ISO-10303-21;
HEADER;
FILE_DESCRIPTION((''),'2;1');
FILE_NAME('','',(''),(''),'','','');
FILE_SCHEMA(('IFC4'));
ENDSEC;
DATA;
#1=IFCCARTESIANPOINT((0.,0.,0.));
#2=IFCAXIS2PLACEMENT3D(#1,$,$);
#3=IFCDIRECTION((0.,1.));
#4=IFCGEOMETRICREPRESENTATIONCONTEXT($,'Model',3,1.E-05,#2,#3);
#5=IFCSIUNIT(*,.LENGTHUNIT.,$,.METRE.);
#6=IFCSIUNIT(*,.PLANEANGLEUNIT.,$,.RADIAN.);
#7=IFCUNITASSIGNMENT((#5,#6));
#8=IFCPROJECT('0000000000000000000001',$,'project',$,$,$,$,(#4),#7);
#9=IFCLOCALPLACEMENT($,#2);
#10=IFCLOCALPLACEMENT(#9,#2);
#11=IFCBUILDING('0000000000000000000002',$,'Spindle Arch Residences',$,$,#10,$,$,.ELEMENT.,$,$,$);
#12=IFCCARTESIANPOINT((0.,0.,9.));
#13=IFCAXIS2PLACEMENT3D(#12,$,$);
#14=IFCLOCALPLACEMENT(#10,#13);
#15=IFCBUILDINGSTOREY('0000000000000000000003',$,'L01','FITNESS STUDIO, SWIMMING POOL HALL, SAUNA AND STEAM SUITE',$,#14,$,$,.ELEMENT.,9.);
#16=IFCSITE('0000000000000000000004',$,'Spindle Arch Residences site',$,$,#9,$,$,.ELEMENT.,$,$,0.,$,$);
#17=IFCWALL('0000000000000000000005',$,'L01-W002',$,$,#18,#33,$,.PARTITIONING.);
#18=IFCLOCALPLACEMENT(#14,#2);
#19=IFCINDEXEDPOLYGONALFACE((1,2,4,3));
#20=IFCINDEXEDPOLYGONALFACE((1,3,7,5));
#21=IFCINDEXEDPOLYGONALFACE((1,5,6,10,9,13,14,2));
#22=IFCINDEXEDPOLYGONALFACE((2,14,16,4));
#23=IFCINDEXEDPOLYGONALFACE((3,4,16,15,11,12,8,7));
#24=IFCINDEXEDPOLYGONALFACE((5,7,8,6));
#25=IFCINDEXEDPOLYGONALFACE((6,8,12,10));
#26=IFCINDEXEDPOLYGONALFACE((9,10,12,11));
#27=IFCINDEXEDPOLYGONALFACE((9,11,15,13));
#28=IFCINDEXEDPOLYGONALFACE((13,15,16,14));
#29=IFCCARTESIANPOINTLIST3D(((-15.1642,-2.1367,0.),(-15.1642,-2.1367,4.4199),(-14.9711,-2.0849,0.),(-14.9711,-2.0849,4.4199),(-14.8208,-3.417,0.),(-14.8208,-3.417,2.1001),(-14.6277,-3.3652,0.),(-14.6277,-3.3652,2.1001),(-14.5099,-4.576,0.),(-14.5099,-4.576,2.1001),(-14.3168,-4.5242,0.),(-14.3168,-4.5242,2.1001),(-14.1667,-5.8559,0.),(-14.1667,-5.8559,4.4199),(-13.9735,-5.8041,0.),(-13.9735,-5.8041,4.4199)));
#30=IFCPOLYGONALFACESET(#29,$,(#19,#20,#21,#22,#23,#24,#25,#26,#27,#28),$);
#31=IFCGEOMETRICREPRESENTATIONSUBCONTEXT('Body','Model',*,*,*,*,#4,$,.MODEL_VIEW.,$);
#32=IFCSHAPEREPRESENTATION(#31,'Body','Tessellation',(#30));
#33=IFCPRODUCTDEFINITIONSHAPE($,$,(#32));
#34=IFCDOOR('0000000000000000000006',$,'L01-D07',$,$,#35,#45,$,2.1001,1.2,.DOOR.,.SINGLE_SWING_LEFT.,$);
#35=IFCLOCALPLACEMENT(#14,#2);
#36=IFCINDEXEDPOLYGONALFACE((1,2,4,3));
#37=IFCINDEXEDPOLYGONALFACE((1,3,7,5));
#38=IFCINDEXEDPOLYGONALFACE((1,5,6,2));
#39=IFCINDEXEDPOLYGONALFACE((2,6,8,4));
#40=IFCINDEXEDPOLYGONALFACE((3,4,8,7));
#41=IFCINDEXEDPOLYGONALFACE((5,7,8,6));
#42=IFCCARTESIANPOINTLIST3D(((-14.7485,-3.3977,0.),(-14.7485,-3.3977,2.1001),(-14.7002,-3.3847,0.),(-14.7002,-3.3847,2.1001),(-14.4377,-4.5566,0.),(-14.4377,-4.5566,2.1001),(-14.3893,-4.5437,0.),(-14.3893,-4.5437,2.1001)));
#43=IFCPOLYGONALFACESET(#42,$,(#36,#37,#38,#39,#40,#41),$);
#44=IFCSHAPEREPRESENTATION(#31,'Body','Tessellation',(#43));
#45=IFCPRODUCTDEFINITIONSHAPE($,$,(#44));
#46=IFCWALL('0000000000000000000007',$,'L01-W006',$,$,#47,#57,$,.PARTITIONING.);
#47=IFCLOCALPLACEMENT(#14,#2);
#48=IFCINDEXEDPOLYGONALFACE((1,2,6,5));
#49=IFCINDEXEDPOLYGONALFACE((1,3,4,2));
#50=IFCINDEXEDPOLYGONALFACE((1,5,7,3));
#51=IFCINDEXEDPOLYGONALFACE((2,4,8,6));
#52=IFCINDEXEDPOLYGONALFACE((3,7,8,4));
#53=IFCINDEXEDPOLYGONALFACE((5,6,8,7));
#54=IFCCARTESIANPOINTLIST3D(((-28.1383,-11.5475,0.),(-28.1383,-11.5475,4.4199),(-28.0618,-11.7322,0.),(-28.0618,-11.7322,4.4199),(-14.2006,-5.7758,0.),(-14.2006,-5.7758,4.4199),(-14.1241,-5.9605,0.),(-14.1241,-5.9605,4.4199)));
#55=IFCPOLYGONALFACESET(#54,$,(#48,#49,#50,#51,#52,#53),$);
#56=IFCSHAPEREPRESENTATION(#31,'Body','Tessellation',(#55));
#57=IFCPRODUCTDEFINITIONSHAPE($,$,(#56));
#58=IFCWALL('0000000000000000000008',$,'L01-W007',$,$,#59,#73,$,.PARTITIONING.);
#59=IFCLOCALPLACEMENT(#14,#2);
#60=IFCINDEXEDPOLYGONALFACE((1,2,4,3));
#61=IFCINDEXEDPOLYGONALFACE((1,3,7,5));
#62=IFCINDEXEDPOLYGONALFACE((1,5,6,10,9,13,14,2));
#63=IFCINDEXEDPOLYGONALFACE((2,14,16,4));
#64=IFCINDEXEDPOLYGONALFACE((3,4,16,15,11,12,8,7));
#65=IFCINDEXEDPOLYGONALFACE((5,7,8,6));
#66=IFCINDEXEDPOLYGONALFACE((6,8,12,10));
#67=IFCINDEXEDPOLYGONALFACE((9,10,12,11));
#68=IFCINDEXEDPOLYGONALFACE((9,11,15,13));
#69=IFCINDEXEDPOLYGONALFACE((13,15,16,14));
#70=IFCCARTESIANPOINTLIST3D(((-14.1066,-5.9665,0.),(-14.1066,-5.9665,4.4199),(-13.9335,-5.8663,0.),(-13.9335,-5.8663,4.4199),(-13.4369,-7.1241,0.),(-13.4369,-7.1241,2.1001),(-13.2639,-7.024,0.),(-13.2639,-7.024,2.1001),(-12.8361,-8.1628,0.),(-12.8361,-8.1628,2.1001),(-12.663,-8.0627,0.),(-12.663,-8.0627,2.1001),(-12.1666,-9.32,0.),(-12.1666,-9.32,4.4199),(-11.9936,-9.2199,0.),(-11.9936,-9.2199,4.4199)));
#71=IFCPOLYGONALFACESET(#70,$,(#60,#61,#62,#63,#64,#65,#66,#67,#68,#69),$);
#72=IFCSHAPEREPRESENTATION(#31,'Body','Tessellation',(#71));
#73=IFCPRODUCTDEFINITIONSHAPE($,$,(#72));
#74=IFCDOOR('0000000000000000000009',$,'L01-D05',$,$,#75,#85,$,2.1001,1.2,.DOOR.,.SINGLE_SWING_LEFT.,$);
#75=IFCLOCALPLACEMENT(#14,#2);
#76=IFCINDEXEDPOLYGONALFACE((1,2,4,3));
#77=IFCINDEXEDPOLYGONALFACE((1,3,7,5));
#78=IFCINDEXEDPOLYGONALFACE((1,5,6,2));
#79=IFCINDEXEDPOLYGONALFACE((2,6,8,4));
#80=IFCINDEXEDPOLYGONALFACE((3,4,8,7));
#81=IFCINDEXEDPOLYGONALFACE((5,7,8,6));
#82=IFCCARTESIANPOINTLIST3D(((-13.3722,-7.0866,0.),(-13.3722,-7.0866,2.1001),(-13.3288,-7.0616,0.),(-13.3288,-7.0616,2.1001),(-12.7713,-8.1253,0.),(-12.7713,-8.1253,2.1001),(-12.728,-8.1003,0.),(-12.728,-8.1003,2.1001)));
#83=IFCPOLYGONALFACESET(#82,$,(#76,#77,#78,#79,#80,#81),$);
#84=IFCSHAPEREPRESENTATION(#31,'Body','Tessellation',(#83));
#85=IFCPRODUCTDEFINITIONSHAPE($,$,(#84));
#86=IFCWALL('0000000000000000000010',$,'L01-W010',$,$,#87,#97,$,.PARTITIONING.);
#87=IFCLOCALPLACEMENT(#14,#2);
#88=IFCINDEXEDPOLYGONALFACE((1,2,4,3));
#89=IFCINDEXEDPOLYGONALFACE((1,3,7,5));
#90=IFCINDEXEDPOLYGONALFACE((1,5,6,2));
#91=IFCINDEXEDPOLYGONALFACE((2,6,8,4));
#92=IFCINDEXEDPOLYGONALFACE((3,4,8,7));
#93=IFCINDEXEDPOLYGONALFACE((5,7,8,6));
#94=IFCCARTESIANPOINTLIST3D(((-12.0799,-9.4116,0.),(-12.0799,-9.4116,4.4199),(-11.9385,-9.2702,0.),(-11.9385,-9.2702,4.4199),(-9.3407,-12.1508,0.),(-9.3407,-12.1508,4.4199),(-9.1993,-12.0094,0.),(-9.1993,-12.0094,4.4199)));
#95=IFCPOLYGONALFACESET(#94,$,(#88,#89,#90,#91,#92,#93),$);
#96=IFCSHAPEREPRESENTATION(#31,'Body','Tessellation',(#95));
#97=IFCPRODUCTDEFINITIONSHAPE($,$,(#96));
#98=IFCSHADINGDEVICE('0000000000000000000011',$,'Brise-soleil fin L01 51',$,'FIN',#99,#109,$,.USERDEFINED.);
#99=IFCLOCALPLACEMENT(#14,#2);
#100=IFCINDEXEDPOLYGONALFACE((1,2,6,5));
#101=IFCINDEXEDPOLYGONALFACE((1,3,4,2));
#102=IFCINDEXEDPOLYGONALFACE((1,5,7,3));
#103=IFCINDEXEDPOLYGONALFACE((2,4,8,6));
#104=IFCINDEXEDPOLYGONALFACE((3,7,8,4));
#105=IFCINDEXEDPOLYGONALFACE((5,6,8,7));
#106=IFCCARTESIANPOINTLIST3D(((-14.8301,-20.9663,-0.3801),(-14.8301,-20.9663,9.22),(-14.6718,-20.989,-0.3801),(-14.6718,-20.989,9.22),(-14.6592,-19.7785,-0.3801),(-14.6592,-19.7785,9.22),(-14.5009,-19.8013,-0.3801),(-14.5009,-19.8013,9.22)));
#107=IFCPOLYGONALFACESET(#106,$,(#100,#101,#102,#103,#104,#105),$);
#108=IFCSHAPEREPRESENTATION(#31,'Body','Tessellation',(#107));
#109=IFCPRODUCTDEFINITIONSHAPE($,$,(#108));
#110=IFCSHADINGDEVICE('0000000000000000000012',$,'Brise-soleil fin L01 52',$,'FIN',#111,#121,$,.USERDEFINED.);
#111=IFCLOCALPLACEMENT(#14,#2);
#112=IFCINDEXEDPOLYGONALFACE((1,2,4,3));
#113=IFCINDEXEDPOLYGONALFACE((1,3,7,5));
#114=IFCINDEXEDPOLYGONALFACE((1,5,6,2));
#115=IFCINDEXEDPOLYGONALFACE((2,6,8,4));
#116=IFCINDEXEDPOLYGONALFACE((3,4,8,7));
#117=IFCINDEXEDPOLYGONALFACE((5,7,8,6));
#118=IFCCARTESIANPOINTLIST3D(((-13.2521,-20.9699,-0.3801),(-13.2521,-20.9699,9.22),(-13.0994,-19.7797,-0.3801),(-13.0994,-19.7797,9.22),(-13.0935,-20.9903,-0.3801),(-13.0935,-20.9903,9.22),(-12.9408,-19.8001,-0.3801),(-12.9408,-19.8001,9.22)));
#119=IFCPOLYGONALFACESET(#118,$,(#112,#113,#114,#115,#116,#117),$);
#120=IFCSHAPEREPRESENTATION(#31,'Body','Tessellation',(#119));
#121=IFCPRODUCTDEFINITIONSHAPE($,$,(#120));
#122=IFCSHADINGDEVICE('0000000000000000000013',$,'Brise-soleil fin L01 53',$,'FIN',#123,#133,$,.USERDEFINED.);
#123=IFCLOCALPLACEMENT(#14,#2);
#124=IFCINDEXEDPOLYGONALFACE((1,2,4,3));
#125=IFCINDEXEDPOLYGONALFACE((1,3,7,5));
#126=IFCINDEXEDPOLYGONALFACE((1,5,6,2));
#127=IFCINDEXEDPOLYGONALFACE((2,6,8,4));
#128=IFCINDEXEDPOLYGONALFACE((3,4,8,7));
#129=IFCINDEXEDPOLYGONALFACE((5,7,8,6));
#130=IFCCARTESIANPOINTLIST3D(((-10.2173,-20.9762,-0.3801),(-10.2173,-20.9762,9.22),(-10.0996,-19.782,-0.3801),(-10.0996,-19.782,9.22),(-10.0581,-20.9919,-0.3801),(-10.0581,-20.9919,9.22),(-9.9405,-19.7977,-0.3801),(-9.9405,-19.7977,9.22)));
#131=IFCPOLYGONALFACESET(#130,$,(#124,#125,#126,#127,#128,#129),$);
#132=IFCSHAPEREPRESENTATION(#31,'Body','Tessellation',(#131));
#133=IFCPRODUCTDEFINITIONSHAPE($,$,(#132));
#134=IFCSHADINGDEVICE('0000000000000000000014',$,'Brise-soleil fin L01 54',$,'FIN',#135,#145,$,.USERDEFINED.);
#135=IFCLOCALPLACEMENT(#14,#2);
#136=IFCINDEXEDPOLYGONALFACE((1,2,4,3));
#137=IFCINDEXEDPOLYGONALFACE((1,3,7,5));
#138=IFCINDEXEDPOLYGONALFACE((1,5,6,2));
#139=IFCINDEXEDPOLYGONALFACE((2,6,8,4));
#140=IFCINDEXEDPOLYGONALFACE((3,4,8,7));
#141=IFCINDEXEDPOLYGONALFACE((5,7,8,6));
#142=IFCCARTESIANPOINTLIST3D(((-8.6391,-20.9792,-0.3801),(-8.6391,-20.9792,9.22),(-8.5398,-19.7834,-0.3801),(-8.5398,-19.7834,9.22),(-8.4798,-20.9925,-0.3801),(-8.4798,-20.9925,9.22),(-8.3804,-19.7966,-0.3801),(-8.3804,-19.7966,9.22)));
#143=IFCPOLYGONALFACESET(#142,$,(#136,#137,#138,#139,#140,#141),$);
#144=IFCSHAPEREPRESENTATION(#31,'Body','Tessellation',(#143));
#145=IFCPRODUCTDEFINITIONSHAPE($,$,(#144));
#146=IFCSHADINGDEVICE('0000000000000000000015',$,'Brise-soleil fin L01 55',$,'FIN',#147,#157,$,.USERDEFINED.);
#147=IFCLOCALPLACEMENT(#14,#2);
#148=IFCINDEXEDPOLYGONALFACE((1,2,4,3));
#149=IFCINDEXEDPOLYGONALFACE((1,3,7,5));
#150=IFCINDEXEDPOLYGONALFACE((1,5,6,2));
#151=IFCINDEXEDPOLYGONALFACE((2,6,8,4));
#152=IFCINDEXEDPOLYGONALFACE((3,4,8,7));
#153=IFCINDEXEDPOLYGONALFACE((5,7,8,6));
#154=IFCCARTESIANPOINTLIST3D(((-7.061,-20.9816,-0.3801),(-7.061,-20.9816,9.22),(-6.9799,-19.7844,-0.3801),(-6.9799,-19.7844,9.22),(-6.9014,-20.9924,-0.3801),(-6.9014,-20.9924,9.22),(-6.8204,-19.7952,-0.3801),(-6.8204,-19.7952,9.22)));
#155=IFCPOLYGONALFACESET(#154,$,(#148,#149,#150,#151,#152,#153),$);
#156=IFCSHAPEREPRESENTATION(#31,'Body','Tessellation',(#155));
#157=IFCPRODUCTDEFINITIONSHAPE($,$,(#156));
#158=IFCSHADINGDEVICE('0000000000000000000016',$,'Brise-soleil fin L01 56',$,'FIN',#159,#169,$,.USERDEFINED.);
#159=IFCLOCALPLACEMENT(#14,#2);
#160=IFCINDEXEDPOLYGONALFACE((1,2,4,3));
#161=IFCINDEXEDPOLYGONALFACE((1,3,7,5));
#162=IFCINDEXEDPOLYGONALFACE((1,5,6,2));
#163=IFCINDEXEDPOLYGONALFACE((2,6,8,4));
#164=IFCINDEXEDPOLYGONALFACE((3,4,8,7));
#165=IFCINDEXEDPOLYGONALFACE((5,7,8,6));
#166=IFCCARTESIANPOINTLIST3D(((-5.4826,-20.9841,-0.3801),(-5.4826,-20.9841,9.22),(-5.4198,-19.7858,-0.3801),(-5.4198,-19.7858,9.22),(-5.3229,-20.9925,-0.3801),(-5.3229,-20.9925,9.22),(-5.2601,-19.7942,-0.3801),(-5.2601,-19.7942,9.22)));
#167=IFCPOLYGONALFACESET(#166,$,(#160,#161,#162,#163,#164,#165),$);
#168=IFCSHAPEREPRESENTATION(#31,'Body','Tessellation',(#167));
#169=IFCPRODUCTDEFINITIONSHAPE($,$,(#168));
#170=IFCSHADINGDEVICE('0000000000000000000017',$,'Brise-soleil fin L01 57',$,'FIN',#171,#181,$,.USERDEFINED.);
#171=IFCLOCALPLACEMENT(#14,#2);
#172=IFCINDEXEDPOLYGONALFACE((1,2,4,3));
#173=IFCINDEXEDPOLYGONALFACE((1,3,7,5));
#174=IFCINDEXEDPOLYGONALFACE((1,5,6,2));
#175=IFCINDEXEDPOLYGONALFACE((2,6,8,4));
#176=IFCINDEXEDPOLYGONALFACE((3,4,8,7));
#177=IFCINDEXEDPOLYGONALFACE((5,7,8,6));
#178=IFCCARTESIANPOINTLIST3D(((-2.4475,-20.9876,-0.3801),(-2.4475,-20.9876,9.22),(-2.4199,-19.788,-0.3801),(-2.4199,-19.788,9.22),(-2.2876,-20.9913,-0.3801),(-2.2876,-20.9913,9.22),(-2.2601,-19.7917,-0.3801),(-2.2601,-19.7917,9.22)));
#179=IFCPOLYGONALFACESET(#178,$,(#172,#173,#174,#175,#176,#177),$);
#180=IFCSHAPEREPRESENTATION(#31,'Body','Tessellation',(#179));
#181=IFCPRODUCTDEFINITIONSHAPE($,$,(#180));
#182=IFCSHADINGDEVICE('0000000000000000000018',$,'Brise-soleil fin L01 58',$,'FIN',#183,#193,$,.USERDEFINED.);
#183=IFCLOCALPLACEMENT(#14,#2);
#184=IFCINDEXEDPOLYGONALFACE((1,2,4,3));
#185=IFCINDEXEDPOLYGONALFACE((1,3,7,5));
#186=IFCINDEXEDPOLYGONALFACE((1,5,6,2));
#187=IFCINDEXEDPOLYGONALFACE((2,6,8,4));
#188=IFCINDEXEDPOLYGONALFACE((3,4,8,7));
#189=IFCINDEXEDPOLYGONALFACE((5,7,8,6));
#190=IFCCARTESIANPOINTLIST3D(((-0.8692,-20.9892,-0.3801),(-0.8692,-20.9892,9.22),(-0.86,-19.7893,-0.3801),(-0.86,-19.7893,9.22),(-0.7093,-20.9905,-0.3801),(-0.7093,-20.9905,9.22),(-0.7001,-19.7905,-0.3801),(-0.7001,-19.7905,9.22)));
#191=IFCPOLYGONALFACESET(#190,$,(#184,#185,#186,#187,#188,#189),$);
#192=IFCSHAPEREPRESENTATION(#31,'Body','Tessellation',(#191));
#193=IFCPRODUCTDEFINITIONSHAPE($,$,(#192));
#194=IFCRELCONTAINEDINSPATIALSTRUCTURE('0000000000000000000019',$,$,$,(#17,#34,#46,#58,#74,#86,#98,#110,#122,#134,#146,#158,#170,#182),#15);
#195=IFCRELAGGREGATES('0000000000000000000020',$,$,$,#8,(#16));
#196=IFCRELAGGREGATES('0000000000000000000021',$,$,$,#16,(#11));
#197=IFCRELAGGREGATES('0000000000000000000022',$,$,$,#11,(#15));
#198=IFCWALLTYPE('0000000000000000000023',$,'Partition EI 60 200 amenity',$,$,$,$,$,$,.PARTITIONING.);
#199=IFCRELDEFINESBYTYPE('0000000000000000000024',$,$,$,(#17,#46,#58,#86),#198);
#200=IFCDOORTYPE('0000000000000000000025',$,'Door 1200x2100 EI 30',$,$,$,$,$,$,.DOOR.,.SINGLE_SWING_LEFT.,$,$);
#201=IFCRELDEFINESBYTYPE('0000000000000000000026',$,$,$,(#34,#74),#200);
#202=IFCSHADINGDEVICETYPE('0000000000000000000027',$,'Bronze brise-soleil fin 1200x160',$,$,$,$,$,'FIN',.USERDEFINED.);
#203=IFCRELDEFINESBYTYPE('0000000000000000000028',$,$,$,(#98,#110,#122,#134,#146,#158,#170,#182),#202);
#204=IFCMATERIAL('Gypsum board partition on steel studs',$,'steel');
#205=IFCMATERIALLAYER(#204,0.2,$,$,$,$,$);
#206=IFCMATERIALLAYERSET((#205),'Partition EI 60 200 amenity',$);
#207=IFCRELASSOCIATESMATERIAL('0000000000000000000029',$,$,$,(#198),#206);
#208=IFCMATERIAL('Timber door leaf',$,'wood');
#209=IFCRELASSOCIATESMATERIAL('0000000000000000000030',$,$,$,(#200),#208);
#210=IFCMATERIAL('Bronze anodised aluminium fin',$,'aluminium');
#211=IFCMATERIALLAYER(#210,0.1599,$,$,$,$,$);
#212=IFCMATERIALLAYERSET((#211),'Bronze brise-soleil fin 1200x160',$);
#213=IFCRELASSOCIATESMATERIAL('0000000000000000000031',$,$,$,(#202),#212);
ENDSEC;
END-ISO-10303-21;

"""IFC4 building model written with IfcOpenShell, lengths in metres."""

from ifc_helpers import new_model, si_unit, direction, frame, frame_2d, origin, origin_2d, place, context, subcontext, project, spatial, rectangle, extrude, material, layer, layer_set, type_object, element, fill, save


model = new_model("IFC4")

# Units and contexts
model_context = context("Model", 3, precision=1e-05, world=origin(), true_north=direction((0.0, 1.0)))
body_context = subcontext(model_context, "Body", "Model", "MODEL_VIEW")
ifc_project = project(units=[si_unit("LENGTHUNIT", "METRE"), si_unit("PLANEANGLEUNIT", "RADIAN")], contexts=[model_context])

# Site, building, storey
site_placement = place(None, origin())
site = spatial("IfcSite", under=ifc_project, at=site_placement, Name="Spindle Arch Residences site", CompositionType="ELEMENT", RefElevation=0.0)
building_placement = place(site_placement, origin())
building = spatial("IfcBuilding", under=site, at=building_placement, Name="Spindle Arch Residences", CompositionType="ELEMENT")
storey_placement = place(building_placement, frame((0.0, 0.0, 9.0)))
storey = spatial("IfcBuildingStorey", under=building, at=storey_placement, Name="L01", Description="FITNESS STUDIO, SWIMMING POOL HALL, SAUNA AND STEAM SUITE", CompositionType="ELEMENT", Elevation=9.0)

# Wall, opening, door
ifc_material_1 = material(Name="Gypsum board partition on steel studs", Category="steel")
ifc_layer_1 = layer(ifc_material_1, 0.2)
ifc_layer_set_1 = layer_set([ifc_layer_1], Name="Partition EI 60 200 amenity")
wall_type_1 = type_object("IfcWallType", Name="Partition EI 60 200 amenity", PredefinedType="PARTITIONING", material=ifc_layer_set_1)
wall_1_placement = place(storey_placement, frame((-15.0676, -2.1108, 0.0), z_axis=(0.0, 0.0, 1.0), x_axis=(0.259059, -0.965861, 0.0)))
wall_1 = element("IfcWall", 1, at=wall_1_placement, inside=storey, type_object=wall_type_1, Name="L01-W002", PredefinedType="PARTITIONING", context=body_context, shape_type="SweptSolid", body=[
    extrude(rectangle(XDim=3.8506, YDim=0.2, at=frame_2d((1.9253, 0.0))), origin(), (0.0, 0.0, 1.0), 4.4199),
])
opening_1_placement = place(wall_1_placement, frame((1.3254, 0.0, 0.0)))
opening_1 = element("IfcOpeningElement", 2, at=opening_1_placement, cuts=wall_1, PredefinedType="OPENING", context=body_context, shape_type="SweptSolid", body=[
    extrude(rectangle(XDim=1.2, YDim=2.1001, at=frame_2d((0.6001, 1.05))), frame((0.0, 0.1099, 0.0), z_axis=(0.0, -1.0, 0.0), x_axis=(1.0, 0.0, 0.0)), (0.0, 0.0, 1.0), 0.22),
])
ifc_material_2 = material(Name="Timber door leaf", Category="wood")
door_type_1 = type_object("IfcDoorType", Name="Door 1200x2100 EI 30", OperationType="SINGLE_SWING_LEFT", PredefinedType="DOOR", material=ifc_material_2)
door_1_placement = place(opening_1_placement, origin())
door_1 = element("IfcDoor", 3, at=door_1_placement, inside=storey, type_object=door_type_1, Name="L01-D07", OperationType="SINGLE_SWING_LEFT", OverallHeight=2.1001, OverallWidth=1.2, PredefinedType="DOOR", context=body_context, shape_type="SweptSolid", body=[
    extrude(rectangle(XDim=1.2, YDim=2.1001, at=frame_2d((0.6001, 1.05))), frame((0.0, 0.0249, 0.0), z_axis=(0.0, -1.0, 0.0), x_axis=(1.0, 0.0, 0.0)), (0.0, 0.0, 1.0), 0.05),
])
fill(opening_1, door_1)

# Wall
wall_2_placement = place(storey_placement, frame((-14.1624, -5.8682, 0.0), z_axis=(0.0, 0.0, 1.0), x_axis=(-0.923914, -0.3826, 0.0)))
element("IfcWall", 4, at=wall_2_placement, inside=storey, type_object=wall_type_1, Name="L01-W006", PredefinedType="PARTITIONING", context=body_context, shape_type="SweptSolid", body=[
    extrude(rectangle(XDim=15.0854, YDim=0.2, at=frame_2d((7.5427, 0.0))), origin(), (0.0, 0.0, 1.0), 4.4199),
])

# Wall, opening, door
wall_3_placement = place(storey_placement, frame((-14.02, -5.9165, 0.0), z_axis=(0.0, 0.0, 1.0), x_axis=(0.500733, -0.865602, 0.0)))
wall_3 = element("IfcWall", 5, at=wall_3_placement, inside=storey, type_object=wall_type_1, Name="L01-W007", PredefinedType="PARTITIONING", context=body_context, shape_type="SweptSolid", body=[
    extrude(rectangle(XDim=3.8743, YDim=0.2, at=frame_2d((1.937, 0.0))), origin(), (0.0, 0.0, 1.0), 4.4199),
])
opening_2_placement = place(wall_3_placement, frame((1.3372, 0.0, 0.0)))
opening_2 = element("IfcOpeningElement", 6, at=opening_2_placement, cuts=wall_3, PredefinedType="OPENING", context=body_context, shape_type="SweptSolid", body=[
    extrude(rectangle(XDim=1.2, YDim=2.1001, at=frame_2d((0.6001, 1.05))), frame((0.0, 0.1099, 0.0), z_axis=(0.0, -1.0, 0.0), x_axis=(1.0, 0.0, 0.0)), (0.0, 0.0, 1.0), 0.22),
])
door_2_placement = place(opening_2_placement, origin())
door_2 = element("IfcDoor", 7, at=door_2_placement, inside=storey, type_object=door_type_1, Name="L01-D05", OperationType="SINGLE_SWING_LEFT", OverallHeight=2.1001, OverallWidth=1.2, PredefinedType="DOOR", context=body_context, shape_type="SweptSolid", body=[
    extrude(rectangle(XDim=1.2, YDim=2.1001, at=frame_2d((0.6001, 1.05))), frame((0.0, 0.0249, 0.0), z_axis=(0.0, -1.0, 0.0), x_axis=(1.0, 0.0, 0.0)), (0.0, 0.0, 1.0), 0.05),
])
fill(opening_2, door_2)

# Wall
wall_4_placement = place(storey_placement, frame((-12.0093, -9.3408, 0.0), z_axis=(0.0, 0.0, 1.0), x_axis=(0.707107, -0.707107, 0.0)))
element("IfcWall", 8, at=wall_4_placement, inside=storey, type_object=wall_type_1, Name="L01-W010", PredefinedType="PARTITIONING", context=body_context, shape_type="SweptSolid", body=[
    extrude(rectangle(XDim=3.8738, YDim=0.2, at=frame_2d((1.937, 0.0))), origin(), (0.0, 0.0, 1.0), 4.4199),
])

# Shading devices
ifc_material_3 = material(Name="Bronze anodised aluminium fin", Category="aluminium")
ifc_layer_2 = layer(ifc_material_3, 0.1599)
ifc_layer_set_2 = layer_set([ifc_layer_2], Name="Bronze brise-soleil fin 1200x160")
shading_device_type = type_object("IfcShadingDeviceType", Name="Bronze brise-soleil fin 1200x160", ElementType="FIN", PredefinedType="USERDEFINED", material=ifc_layer_set_2)
for number, where, z_axis, x_axis, name in (
    (9, (-14.6655, -20.3838, -0.3801), (0.0, 0.0, 1.0), (-0.142415, -0.989807, 0.0), "Brise-soleil fin L01 51"),
    (10, (-13.0964, -20.385, -0.3801), (0.0, 0.0, 1.0), (-0.127265, -0.991869, 0.0), "Brise-soleil fin L01 52"),
    (11, (-10.0789, -20.387, -0.3801), (0.0, 0.0, 1.0), (-0.09805, -0.995181, 0.0), "Brise-soleil fin L01 53"),
    (12, (-8.5098, -20.3879, -0.3801), (0.0, 0.0, 1.0), (-0.082823, -0.996564, 0.0), "Brise-soleil fin L01 54"),
    (13, (-6.9407, -20.3884, -0.3801), (0.0, 0.0, 1.0), (-0.067576, -0.997714, 0.0), "Brise-soleil fin L01 55"),
    (14, (-5.3713, -20.3892, -0.3801), (0.0, 0.0, 1.0), (-0.052314, -0.998631, 0.0), "Brise-soleil fin L01 56"),
    (15, (-2.3538, -20.3896, -0.3801), (0.0, 0.0, 1.0), (-0.022933, -0.999737, 0.0), "Brise-soleil fin L01 57"),
    (16, (-0.7847, -20.3899, -0.3801), (0.0, 0.0, 1.0), (-0.007645, -0.999971, 0.0), "Brise-soleil fin L01 58"),
):
    element("IfcShadingDevice", number, at=place(storey_placement, frame(where, z_axis=z_axis, x_axis=x_axis)), inside=storey, type_object=shading_device_type, Name=name, ObjectType="FIN", PredefinedType="USERDEFINED", context=body_context, shape_type="SweptSolid", body=[
        extrude(rectangle(XDim=1.2, YDim=0.1599, at=origin_2d()), origin(), (0.0, 0.0, 1.0), 9.6001),
    ])

save(model, "model.ifc")
